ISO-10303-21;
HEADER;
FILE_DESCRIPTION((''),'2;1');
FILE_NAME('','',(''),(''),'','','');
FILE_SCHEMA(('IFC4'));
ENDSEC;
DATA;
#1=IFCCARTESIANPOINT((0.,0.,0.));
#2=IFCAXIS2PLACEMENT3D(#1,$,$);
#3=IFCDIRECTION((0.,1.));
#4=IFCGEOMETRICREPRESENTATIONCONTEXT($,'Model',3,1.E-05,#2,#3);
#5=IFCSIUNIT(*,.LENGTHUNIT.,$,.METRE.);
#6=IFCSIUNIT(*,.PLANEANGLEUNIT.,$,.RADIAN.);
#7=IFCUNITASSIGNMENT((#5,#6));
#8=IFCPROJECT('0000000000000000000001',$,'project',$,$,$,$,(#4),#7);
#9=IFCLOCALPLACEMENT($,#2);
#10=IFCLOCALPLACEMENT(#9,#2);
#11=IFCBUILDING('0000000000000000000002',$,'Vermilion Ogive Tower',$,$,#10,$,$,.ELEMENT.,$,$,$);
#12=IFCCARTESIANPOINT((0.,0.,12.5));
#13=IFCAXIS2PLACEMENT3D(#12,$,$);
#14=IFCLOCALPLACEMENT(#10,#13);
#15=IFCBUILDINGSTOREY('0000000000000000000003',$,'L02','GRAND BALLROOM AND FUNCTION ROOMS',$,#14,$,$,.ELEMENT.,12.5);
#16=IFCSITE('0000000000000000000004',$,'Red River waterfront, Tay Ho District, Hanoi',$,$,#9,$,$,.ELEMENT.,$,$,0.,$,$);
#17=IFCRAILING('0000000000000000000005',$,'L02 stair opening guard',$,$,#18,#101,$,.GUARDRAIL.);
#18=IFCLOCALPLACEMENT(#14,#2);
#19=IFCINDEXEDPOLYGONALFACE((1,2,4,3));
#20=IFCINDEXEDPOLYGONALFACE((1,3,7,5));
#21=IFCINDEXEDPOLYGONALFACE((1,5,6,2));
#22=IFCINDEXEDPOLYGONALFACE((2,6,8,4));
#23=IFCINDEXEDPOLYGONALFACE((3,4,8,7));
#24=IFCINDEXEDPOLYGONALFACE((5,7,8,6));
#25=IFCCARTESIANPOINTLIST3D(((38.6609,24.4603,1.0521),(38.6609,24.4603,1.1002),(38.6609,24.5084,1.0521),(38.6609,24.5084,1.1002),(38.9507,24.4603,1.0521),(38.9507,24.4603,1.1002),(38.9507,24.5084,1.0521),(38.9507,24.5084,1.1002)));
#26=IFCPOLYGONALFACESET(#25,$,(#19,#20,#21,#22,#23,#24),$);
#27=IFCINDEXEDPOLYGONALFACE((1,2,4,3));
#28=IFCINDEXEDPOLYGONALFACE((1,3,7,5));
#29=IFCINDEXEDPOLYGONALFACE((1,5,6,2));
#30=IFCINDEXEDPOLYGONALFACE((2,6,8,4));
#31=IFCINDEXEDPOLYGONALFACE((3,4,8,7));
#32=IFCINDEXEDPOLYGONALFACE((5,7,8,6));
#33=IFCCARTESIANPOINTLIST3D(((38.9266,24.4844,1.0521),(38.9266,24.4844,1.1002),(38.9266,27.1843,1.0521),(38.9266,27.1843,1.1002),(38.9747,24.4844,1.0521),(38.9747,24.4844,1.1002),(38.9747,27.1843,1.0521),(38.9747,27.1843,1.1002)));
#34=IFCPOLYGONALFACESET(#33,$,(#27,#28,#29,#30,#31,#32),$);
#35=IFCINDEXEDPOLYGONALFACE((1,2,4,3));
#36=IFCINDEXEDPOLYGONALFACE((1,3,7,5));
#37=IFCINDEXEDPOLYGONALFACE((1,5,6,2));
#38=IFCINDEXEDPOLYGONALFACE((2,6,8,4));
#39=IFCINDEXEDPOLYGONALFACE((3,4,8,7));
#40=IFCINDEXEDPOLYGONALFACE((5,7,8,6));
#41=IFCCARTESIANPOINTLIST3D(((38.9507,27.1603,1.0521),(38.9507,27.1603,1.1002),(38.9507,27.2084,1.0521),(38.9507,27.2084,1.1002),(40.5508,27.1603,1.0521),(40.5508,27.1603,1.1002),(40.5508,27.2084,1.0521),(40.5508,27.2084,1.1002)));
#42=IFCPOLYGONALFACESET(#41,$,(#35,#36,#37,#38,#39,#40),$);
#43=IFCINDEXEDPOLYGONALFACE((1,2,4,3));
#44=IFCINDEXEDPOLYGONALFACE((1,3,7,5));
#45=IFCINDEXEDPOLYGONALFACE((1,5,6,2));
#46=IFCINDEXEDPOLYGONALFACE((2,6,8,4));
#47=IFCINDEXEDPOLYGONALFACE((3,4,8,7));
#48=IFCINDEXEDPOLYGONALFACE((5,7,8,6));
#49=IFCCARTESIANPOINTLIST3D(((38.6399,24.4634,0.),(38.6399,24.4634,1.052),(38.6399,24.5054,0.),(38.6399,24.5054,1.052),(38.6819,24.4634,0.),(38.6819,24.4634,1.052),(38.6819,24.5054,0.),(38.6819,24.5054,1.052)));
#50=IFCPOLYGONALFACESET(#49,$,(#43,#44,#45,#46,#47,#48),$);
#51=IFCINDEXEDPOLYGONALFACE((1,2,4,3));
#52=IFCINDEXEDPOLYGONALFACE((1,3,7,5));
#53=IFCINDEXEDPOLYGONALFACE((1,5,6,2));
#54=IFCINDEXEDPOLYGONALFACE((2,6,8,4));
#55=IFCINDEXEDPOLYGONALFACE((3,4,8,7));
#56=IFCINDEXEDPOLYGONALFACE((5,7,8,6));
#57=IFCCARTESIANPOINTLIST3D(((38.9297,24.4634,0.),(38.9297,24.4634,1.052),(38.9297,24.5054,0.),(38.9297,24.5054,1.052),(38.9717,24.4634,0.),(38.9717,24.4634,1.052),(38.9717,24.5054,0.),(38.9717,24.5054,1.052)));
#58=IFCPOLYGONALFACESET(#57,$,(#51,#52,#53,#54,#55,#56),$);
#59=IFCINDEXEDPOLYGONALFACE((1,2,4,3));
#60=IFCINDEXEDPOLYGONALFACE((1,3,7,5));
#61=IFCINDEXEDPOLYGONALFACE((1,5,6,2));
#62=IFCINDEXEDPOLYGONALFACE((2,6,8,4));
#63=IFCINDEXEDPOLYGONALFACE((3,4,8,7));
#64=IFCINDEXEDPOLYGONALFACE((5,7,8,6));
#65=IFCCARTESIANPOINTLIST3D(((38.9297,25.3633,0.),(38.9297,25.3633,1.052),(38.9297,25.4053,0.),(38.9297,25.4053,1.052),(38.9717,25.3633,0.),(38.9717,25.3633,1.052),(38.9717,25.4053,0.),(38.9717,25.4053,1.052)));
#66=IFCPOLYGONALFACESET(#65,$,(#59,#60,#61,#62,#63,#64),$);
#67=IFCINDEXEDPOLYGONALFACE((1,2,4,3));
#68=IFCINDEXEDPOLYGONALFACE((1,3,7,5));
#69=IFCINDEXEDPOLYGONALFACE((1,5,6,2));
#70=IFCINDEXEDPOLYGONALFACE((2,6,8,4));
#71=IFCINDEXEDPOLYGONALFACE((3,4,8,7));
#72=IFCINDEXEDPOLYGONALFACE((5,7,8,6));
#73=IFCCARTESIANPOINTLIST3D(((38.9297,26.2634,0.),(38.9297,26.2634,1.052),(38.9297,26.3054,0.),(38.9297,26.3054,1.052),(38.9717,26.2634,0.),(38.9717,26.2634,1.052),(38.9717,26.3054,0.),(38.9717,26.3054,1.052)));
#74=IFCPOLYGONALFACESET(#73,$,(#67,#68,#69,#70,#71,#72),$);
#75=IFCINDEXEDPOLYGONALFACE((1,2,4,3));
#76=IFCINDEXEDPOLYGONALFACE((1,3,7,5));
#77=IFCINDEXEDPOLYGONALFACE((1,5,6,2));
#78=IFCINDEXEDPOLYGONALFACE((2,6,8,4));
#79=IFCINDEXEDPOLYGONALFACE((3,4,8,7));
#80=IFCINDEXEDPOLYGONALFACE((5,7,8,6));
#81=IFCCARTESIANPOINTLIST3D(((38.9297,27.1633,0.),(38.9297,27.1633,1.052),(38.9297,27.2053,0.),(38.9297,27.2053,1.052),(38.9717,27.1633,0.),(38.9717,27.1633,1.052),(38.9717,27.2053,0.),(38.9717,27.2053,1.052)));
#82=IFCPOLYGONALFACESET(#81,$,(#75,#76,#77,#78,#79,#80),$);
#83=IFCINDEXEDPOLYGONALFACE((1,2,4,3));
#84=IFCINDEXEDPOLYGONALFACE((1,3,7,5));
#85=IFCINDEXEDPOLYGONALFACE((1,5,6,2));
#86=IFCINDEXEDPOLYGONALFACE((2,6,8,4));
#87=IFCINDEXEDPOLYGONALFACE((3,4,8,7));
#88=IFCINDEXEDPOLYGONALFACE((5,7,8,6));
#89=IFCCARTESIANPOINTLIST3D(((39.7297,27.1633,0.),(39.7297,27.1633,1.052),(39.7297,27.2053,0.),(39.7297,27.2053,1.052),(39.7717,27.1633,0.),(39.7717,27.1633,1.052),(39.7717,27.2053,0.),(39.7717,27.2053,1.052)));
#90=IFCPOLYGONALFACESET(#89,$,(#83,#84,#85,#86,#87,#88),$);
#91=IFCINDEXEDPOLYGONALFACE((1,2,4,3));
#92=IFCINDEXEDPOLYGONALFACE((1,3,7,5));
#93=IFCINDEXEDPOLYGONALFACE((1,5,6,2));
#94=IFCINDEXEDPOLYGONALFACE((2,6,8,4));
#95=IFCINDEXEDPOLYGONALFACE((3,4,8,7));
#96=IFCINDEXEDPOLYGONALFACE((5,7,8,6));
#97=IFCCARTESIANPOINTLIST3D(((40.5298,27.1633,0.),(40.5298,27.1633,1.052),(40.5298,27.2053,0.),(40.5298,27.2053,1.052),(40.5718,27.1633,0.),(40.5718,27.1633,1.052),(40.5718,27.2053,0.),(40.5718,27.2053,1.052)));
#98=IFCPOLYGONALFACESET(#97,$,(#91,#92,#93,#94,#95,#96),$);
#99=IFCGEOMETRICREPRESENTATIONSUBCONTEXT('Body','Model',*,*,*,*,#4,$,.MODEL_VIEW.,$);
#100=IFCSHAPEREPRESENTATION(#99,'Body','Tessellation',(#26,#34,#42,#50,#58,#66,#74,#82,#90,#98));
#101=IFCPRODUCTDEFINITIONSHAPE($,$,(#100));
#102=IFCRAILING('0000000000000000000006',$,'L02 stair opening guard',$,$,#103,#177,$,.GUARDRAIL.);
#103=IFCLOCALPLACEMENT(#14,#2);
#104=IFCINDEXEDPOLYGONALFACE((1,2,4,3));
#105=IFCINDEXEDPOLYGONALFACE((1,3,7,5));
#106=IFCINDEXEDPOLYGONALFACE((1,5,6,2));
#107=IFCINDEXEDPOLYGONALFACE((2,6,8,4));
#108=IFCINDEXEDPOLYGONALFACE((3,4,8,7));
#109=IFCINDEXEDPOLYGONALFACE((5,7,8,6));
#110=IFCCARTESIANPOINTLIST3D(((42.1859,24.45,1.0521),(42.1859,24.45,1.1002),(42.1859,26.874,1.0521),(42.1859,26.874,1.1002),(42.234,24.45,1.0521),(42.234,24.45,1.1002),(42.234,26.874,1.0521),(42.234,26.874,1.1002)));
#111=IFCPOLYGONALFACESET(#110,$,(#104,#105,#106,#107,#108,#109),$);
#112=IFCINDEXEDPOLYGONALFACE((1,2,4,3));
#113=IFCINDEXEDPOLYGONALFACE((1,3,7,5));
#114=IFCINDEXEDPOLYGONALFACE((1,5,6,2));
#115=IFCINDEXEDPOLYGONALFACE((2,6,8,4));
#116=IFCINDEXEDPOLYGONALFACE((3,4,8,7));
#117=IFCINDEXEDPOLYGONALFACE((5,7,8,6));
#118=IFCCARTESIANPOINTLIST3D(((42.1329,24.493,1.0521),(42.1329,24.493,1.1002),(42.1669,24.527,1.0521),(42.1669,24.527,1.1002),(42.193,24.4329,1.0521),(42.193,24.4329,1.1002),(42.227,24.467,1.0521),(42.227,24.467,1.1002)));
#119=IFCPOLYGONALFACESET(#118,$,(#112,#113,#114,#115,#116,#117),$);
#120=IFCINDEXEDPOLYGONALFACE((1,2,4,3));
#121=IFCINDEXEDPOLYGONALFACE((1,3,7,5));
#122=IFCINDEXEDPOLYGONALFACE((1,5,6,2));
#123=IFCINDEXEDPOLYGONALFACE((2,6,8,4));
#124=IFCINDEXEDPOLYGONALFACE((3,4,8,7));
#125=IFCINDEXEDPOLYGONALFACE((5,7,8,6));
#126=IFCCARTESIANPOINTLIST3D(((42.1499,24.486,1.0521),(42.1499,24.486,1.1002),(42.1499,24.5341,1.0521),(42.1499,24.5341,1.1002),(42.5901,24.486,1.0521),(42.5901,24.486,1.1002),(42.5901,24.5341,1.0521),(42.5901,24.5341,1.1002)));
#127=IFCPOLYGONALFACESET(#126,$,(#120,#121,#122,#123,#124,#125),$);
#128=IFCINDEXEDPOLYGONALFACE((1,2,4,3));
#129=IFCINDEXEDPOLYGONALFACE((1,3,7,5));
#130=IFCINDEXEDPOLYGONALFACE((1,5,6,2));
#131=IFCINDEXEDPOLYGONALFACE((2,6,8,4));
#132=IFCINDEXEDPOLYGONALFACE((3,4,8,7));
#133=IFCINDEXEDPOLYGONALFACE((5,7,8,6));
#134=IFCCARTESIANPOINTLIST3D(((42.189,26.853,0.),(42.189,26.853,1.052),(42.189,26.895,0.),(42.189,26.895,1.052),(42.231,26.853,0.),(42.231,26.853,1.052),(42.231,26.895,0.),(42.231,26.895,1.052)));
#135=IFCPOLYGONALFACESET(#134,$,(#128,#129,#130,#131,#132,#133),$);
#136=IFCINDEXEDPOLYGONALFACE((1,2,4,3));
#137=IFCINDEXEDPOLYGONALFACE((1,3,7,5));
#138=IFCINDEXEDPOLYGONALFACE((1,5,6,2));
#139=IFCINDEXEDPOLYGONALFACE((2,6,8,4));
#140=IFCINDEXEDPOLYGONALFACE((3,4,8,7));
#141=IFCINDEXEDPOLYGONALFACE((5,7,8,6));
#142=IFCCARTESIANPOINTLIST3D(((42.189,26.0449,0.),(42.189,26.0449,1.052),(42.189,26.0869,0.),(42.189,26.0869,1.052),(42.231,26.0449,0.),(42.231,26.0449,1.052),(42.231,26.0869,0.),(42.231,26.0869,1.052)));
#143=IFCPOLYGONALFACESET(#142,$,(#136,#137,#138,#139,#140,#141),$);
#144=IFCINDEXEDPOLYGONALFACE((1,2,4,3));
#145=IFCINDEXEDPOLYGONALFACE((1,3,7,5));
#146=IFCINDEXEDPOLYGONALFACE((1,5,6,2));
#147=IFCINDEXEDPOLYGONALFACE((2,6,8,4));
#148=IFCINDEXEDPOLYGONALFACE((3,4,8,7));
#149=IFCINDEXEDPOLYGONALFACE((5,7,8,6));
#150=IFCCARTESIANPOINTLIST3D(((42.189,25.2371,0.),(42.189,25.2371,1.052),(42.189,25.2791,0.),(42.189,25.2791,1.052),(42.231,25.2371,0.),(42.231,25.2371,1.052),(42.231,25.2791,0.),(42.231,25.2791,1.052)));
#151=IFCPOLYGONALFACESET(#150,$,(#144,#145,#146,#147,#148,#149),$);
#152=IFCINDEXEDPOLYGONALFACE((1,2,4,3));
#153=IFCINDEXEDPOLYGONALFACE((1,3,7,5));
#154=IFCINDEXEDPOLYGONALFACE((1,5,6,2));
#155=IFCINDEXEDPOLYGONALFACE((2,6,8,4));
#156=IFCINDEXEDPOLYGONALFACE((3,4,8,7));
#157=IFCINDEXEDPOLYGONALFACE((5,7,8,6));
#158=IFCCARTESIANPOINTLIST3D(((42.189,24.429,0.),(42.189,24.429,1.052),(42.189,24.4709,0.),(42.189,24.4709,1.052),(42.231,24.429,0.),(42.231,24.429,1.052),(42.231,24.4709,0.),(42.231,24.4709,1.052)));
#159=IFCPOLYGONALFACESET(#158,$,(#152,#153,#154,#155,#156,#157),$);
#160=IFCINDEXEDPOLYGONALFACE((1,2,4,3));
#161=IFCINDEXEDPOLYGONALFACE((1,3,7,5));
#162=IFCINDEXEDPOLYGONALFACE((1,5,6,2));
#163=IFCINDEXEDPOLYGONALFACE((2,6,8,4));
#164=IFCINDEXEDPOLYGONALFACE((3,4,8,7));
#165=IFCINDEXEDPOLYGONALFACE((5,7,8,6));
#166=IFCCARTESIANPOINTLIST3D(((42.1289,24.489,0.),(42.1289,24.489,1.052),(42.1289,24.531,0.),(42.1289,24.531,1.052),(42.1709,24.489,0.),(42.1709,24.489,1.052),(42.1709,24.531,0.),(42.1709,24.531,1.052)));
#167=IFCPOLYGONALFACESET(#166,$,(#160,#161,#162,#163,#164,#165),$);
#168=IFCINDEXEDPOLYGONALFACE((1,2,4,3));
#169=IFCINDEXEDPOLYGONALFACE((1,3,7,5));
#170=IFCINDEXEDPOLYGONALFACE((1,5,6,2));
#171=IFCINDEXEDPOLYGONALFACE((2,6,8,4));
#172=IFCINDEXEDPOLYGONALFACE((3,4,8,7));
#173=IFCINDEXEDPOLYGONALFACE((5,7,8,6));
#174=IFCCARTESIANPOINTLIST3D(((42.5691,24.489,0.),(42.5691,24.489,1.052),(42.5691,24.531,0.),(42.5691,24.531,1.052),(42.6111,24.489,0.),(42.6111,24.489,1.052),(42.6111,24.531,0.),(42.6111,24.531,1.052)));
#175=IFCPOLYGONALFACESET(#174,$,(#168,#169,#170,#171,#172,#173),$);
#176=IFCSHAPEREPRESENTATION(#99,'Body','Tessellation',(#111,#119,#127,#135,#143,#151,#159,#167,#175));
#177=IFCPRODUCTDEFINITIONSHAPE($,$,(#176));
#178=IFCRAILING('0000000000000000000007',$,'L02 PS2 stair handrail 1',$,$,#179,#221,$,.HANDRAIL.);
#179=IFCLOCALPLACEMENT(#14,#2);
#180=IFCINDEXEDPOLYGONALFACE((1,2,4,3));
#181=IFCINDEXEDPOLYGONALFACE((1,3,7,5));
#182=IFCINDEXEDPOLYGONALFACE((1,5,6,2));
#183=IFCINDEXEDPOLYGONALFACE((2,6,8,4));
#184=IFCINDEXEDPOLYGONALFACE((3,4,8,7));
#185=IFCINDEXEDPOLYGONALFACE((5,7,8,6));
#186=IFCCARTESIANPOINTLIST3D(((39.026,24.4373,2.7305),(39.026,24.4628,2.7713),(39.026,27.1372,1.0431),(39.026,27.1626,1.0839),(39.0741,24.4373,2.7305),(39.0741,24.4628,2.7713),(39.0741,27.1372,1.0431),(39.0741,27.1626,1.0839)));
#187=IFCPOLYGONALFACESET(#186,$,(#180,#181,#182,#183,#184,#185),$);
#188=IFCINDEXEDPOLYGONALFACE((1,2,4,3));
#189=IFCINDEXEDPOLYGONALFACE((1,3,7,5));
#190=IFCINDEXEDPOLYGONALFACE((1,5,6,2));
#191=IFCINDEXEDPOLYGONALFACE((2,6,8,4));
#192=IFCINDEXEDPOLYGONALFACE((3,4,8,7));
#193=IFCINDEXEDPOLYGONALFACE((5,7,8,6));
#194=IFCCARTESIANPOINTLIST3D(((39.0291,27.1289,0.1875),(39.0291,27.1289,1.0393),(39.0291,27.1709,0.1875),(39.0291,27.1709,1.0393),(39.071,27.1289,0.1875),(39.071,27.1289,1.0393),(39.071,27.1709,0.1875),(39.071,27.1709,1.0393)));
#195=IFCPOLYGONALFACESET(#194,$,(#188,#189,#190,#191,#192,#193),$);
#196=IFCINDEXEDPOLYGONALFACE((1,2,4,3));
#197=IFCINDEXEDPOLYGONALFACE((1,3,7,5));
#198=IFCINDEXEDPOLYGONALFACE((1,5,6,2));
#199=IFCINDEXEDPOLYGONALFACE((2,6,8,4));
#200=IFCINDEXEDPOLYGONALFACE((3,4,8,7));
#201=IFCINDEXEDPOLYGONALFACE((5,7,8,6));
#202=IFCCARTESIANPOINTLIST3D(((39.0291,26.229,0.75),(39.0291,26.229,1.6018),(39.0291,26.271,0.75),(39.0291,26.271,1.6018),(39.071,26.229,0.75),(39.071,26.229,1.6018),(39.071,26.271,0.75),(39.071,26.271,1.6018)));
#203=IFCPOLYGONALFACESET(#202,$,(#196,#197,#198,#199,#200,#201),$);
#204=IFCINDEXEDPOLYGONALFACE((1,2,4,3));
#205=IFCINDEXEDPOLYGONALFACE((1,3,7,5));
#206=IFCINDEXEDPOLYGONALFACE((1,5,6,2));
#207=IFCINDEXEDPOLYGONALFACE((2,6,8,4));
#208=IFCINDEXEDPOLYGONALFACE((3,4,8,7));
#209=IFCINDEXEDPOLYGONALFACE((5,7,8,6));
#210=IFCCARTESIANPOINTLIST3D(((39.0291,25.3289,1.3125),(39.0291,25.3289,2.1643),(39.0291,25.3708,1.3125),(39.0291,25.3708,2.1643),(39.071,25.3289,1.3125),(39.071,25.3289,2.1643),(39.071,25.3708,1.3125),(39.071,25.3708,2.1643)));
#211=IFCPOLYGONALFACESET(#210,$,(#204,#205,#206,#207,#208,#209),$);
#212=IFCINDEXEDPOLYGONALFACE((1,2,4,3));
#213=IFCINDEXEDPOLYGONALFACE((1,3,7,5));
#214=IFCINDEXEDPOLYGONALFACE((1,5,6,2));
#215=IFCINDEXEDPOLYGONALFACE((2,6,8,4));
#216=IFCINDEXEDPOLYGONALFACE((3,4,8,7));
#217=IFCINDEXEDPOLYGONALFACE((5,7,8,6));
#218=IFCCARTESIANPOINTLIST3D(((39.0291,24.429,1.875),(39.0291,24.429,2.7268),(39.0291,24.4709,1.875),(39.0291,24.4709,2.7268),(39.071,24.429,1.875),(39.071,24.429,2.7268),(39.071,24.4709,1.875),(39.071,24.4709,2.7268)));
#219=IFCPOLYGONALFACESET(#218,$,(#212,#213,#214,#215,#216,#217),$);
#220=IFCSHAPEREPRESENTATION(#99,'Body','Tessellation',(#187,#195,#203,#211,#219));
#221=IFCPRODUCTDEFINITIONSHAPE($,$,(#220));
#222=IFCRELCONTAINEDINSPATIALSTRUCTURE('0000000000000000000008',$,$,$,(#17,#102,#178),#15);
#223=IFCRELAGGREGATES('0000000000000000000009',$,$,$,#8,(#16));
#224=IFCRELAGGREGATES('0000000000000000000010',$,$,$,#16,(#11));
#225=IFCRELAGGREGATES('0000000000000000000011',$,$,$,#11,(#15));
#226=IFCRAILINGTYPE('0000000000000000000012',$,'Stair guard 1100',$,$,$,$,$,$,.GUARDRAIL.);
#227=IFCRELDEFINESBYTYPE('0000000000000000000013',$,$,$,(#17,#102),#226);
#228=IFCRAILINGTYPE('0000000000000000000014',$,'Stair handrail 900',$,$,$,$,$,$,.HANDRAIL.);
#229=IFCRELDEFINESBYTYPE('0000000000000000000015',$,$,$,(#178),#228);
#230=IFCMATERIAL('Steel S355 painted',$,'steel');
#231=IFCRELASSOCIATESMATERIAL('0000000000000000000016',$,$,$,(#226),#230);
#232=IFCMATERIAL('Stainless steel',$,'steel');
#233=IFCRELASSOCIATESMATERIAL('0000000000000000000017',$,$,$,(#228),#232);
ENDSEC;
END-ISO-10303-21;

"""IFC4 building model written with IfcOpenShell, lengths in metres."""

from ifc_helpers import new_model, si_unit, direction, frame, origin, origin_2d, place, context, subcontext, project, spatial, rectangle, extrude, material, type_object, element, save


model = new_model("IFC4")

# Units and contexts
model_context = context("Model", 3, precision=1e-05, world=origin(), true_north=direction((0.0, 1.0)))
body_context = subcontext(model_context, "Body", "Model", "MODEL_VIEW")
ifc_project = project(units=[si_unit("LENGTHUNIT", "METRE"), si_unit("PLANEANGLEUNIT", "RADIAN")], contexts=[model_context])

# Site, building, storey
site_placement = place(None, origin())
site = spatial("IfcSite", under=ifc_project, at=site_placement, Name="Red River waterfront, Tay Ho District, Hanoi", CompositionType="ELEMENT", RefElevation=0.0)
building_placement = place(site_placement, origin())
building = spatial("IfcBuilding", under=site, at=building_placement, Name="Vermilion Ogive Tower", CompositionType="ELEMENT")
storey_placement = place(building_placement, frame((0.0, 0.0, 12.5)))
storey = spatial("IfcBuildingStorey", under=building, at=storey_placement, Name="L02", Description="GRAND BALLROOM AND FUNCTION ROOMS", CompositionType="ELEMENT", Elevation=12.5)

# Railings
ifc_material_1 = material(Name="Steel S355 painted", Category="steel")
railing_type_1 = type_object("IfcRailingType", Name="Stair guard 1100", PredefinedType="GUARDRAIL", material=ifc_material_1)
railing_1_placement = place(storey_placement, frame((38.6609, 24.4844, 0.0)))
element("IfcRailing", 1, at=railing_1_placement, inside=storey, type_object=railing_type_1, Name="L02 stair opening guard", PredefinedType="GUARDRAIL", context=body_context, shape_type="SweptSolid", body=[
    extrude(rectangle(XDim=0.0481, YDim=0.0481, at=origin_2d()), frame((0.0, 0.0, 1.0762), z_axis=(1.0, 0.0, 0.0), x_axis=(0.0, 1.0, 0.0)), (0.0, 0.0, 1.0), 0.2898),
    extrude(rectangle(XDim=0.0481, YDim=0.0481, at=origin_2d()), frame((0.2898, 0.0, 1.0762), z_axis=(0.0, 1.0, 0.0), x_axis=(-1.0, 0.0, 0.0)), (0.0, 0.0, 1.0), 2.7),
    extrude(rectangle(XDim=0.0481, YDim=0.0481, at=origin_2d()), frame((0.2898, 2.7, 1.0762), z_axis=(1.0, 0.0, 0.0), x_axis=(0.0, 1.0, 0.0)), (0.0, 0.0, 1.0), 1.6001),
    extrude(rectangle(XDim=0.042, YDim=0.042, at=origin_2d()), origin(), (0.0, 0.0, 1.0), 1.052),
    extrude(rectangle(XDim=0.042, YDim=0.042, at=origin_2d()), frame((0.2898, 0.0, 0.0)), (0.0, 0.0, 1.0), 1.052),
    extrude(rectangle(XDim=0.042, YDim=0.042, at=origin_2d()), frame((0.2898, 0.8999, 0.0)), (0.0, 0.0, 1.0), 1.052),
    extrude(rectangle(XDim=0.042, YDim=0.042, at=origin_2d()), frame((0.2898, 1.8, 0.0)), (0.0, 0.0, 1.0), 1.052),
    extrude(rectangle(XDim=0.042, YDim=0.042, at=origin_2d()), frame((0.2898, 2.7, 0.0)), (0.0, 0.0, 1.0), 1.052),
    extrude(rectangle(XDim=0.042, YDim=0.042, at=origin_2d()), frame((1.0898, 2.7, 0.0)), (0.0, 0.0, 1.0), 1.052),
    extrude(rectangle(XDim=0.042, YDim=0.042, at=origin_2d()), frame((1.8899, 2.7, 0.0)), (0.0, 0.0, 1.0), 1.052),
])
railing_2_placement = place(storey_placement, frame((42.21, 26.874, 0.0)))
element("IfcRailing", 2, at=railing_2_placement, inside=storey, type_object=railing_type_1, Name="L02 stair opening guard", PredefinedType="GUARDRAIL", context=body_context, shape_type="SweptSolid", body=[
    extrude(rectangle(XDim=0.0481, YDim=0.0481, at=origin_2d()), frame((0.0, 0.0, 1.0762), z_axis=(0.0, -1.0, 0.0), x_axis=(1.0, 0.0, 0.0)), (0.0, 0.0, 1.0), 2.4241),
    extrude(rectangle(XDim=0.0481, YDim=0.0481, at=origin_2d()), frame((0.0, -2.4241, 1.0762), z_axis=(-0.707107, 0.707107, 0.0), x_axis=(-0.707107, -0.707107, 0.0)), (0.0, 0.0, 1.0), 0.085),
    extrude(rectangle(XDim=0.0481, YDim=0.0481, at=origin_2d()), frame((-0.0601, -2.364, 1.0762), z_axis=(1.0, 0.0, 0.0), x_axis=(0.0, 1.0, 0.0)), (0.0, 0.0, 1.0), 0.4402),
    extrude(rectangle(XDim=0.042, YDim=0.042, at=origin_2d()), origin(), (0.0, 0.0, 1.0), 1.052),
    extrude(rectangle(XDim=0.042, YDim=0.042, at=origin_2d()), frame((0.0, -0.8081, 0.0)), (0.0, 0.0, 1.0), 1.052),
    extrude(rectangle(XDim=0.042, YDim=0.042, at=origin_2d()), frame((0.0, -1.616, 0.0)), (0.0, 0.0, 1.0), 1.052),
    extrude(rectangle(XDim=0.042, YDim=0.042, at=origin_2d()), frame((0.0, -2.4241, 0.0)), (0.0, 0.0, 1.0), 1.052),
    extrude(rectangle(XDim=0.042, YDim=0.042, at=origin_2d()), frame((-0.0601, -2.364, 0.0)), (0.0, 0.0, 1.0), 1.052),
    extrude(rectangle(XDim=0.042, YDim=0.042, at=origin_2d()), frame((0.3801, -2.364, 0.0)), (0.0, 0.0, 1.0), 1.052),
])
ifc_material_2 = material(Name="Stainless steel", Category="steel")
railing_type_2 = type_object("IfcRailingType", Name="Stair handrail 900", PredefinedType="HANDRAIL", material=ifc_material_2)
railing_3_placement = place(storey_placement, frame((39.05, 27.1499, 0.1875)))
element("IfcRailing", 3, at=railing_3_placement, inside=storey, type_object=railing_type_2, Name="L02 PS2 stair handrail 1", PredefinedType="HANDRAIL", context=body_context, shape_type="SweptSolid", body=[
    extrude(rectangle(XDim=0.0481, YDim=0.0481, at=origin_2d()), frame((0.0, 0.0, 0.876), z_axis=(0.0, -0.847994, 0.530006), x_axis=(1.0, 0.0, 0.0)), (0.0, 0.0, 1.0), 3.1838),
    extrude(rectangle(XDim=0.042, YDim=0.042, at=origin_2d()), origin(), (0.0, 0.0, 1.0), 0.8518),
    extrude(rectangle(XDim=0.042, YDim=0.042, at=origin_2d()), frame((0.0, -0.8999, 0.5625)), (0.0, 0.0, 1.0), 0.8518),
    extrude(rectangle(XDim=0.042, YDim=0.042, at=origin_2d()), frame((0.0, -1.8, 1.125)), (0.0, 0.0, 1.0), 0.8518),
    extrude(rectangle(XDim=0.042, YDim=0.042, at=origin_2d()), frame((0.0, -2.7, 1.6875)), (0.0, 0.0, 1.0), 0.8518),
])

save(model, "model.ifc")
